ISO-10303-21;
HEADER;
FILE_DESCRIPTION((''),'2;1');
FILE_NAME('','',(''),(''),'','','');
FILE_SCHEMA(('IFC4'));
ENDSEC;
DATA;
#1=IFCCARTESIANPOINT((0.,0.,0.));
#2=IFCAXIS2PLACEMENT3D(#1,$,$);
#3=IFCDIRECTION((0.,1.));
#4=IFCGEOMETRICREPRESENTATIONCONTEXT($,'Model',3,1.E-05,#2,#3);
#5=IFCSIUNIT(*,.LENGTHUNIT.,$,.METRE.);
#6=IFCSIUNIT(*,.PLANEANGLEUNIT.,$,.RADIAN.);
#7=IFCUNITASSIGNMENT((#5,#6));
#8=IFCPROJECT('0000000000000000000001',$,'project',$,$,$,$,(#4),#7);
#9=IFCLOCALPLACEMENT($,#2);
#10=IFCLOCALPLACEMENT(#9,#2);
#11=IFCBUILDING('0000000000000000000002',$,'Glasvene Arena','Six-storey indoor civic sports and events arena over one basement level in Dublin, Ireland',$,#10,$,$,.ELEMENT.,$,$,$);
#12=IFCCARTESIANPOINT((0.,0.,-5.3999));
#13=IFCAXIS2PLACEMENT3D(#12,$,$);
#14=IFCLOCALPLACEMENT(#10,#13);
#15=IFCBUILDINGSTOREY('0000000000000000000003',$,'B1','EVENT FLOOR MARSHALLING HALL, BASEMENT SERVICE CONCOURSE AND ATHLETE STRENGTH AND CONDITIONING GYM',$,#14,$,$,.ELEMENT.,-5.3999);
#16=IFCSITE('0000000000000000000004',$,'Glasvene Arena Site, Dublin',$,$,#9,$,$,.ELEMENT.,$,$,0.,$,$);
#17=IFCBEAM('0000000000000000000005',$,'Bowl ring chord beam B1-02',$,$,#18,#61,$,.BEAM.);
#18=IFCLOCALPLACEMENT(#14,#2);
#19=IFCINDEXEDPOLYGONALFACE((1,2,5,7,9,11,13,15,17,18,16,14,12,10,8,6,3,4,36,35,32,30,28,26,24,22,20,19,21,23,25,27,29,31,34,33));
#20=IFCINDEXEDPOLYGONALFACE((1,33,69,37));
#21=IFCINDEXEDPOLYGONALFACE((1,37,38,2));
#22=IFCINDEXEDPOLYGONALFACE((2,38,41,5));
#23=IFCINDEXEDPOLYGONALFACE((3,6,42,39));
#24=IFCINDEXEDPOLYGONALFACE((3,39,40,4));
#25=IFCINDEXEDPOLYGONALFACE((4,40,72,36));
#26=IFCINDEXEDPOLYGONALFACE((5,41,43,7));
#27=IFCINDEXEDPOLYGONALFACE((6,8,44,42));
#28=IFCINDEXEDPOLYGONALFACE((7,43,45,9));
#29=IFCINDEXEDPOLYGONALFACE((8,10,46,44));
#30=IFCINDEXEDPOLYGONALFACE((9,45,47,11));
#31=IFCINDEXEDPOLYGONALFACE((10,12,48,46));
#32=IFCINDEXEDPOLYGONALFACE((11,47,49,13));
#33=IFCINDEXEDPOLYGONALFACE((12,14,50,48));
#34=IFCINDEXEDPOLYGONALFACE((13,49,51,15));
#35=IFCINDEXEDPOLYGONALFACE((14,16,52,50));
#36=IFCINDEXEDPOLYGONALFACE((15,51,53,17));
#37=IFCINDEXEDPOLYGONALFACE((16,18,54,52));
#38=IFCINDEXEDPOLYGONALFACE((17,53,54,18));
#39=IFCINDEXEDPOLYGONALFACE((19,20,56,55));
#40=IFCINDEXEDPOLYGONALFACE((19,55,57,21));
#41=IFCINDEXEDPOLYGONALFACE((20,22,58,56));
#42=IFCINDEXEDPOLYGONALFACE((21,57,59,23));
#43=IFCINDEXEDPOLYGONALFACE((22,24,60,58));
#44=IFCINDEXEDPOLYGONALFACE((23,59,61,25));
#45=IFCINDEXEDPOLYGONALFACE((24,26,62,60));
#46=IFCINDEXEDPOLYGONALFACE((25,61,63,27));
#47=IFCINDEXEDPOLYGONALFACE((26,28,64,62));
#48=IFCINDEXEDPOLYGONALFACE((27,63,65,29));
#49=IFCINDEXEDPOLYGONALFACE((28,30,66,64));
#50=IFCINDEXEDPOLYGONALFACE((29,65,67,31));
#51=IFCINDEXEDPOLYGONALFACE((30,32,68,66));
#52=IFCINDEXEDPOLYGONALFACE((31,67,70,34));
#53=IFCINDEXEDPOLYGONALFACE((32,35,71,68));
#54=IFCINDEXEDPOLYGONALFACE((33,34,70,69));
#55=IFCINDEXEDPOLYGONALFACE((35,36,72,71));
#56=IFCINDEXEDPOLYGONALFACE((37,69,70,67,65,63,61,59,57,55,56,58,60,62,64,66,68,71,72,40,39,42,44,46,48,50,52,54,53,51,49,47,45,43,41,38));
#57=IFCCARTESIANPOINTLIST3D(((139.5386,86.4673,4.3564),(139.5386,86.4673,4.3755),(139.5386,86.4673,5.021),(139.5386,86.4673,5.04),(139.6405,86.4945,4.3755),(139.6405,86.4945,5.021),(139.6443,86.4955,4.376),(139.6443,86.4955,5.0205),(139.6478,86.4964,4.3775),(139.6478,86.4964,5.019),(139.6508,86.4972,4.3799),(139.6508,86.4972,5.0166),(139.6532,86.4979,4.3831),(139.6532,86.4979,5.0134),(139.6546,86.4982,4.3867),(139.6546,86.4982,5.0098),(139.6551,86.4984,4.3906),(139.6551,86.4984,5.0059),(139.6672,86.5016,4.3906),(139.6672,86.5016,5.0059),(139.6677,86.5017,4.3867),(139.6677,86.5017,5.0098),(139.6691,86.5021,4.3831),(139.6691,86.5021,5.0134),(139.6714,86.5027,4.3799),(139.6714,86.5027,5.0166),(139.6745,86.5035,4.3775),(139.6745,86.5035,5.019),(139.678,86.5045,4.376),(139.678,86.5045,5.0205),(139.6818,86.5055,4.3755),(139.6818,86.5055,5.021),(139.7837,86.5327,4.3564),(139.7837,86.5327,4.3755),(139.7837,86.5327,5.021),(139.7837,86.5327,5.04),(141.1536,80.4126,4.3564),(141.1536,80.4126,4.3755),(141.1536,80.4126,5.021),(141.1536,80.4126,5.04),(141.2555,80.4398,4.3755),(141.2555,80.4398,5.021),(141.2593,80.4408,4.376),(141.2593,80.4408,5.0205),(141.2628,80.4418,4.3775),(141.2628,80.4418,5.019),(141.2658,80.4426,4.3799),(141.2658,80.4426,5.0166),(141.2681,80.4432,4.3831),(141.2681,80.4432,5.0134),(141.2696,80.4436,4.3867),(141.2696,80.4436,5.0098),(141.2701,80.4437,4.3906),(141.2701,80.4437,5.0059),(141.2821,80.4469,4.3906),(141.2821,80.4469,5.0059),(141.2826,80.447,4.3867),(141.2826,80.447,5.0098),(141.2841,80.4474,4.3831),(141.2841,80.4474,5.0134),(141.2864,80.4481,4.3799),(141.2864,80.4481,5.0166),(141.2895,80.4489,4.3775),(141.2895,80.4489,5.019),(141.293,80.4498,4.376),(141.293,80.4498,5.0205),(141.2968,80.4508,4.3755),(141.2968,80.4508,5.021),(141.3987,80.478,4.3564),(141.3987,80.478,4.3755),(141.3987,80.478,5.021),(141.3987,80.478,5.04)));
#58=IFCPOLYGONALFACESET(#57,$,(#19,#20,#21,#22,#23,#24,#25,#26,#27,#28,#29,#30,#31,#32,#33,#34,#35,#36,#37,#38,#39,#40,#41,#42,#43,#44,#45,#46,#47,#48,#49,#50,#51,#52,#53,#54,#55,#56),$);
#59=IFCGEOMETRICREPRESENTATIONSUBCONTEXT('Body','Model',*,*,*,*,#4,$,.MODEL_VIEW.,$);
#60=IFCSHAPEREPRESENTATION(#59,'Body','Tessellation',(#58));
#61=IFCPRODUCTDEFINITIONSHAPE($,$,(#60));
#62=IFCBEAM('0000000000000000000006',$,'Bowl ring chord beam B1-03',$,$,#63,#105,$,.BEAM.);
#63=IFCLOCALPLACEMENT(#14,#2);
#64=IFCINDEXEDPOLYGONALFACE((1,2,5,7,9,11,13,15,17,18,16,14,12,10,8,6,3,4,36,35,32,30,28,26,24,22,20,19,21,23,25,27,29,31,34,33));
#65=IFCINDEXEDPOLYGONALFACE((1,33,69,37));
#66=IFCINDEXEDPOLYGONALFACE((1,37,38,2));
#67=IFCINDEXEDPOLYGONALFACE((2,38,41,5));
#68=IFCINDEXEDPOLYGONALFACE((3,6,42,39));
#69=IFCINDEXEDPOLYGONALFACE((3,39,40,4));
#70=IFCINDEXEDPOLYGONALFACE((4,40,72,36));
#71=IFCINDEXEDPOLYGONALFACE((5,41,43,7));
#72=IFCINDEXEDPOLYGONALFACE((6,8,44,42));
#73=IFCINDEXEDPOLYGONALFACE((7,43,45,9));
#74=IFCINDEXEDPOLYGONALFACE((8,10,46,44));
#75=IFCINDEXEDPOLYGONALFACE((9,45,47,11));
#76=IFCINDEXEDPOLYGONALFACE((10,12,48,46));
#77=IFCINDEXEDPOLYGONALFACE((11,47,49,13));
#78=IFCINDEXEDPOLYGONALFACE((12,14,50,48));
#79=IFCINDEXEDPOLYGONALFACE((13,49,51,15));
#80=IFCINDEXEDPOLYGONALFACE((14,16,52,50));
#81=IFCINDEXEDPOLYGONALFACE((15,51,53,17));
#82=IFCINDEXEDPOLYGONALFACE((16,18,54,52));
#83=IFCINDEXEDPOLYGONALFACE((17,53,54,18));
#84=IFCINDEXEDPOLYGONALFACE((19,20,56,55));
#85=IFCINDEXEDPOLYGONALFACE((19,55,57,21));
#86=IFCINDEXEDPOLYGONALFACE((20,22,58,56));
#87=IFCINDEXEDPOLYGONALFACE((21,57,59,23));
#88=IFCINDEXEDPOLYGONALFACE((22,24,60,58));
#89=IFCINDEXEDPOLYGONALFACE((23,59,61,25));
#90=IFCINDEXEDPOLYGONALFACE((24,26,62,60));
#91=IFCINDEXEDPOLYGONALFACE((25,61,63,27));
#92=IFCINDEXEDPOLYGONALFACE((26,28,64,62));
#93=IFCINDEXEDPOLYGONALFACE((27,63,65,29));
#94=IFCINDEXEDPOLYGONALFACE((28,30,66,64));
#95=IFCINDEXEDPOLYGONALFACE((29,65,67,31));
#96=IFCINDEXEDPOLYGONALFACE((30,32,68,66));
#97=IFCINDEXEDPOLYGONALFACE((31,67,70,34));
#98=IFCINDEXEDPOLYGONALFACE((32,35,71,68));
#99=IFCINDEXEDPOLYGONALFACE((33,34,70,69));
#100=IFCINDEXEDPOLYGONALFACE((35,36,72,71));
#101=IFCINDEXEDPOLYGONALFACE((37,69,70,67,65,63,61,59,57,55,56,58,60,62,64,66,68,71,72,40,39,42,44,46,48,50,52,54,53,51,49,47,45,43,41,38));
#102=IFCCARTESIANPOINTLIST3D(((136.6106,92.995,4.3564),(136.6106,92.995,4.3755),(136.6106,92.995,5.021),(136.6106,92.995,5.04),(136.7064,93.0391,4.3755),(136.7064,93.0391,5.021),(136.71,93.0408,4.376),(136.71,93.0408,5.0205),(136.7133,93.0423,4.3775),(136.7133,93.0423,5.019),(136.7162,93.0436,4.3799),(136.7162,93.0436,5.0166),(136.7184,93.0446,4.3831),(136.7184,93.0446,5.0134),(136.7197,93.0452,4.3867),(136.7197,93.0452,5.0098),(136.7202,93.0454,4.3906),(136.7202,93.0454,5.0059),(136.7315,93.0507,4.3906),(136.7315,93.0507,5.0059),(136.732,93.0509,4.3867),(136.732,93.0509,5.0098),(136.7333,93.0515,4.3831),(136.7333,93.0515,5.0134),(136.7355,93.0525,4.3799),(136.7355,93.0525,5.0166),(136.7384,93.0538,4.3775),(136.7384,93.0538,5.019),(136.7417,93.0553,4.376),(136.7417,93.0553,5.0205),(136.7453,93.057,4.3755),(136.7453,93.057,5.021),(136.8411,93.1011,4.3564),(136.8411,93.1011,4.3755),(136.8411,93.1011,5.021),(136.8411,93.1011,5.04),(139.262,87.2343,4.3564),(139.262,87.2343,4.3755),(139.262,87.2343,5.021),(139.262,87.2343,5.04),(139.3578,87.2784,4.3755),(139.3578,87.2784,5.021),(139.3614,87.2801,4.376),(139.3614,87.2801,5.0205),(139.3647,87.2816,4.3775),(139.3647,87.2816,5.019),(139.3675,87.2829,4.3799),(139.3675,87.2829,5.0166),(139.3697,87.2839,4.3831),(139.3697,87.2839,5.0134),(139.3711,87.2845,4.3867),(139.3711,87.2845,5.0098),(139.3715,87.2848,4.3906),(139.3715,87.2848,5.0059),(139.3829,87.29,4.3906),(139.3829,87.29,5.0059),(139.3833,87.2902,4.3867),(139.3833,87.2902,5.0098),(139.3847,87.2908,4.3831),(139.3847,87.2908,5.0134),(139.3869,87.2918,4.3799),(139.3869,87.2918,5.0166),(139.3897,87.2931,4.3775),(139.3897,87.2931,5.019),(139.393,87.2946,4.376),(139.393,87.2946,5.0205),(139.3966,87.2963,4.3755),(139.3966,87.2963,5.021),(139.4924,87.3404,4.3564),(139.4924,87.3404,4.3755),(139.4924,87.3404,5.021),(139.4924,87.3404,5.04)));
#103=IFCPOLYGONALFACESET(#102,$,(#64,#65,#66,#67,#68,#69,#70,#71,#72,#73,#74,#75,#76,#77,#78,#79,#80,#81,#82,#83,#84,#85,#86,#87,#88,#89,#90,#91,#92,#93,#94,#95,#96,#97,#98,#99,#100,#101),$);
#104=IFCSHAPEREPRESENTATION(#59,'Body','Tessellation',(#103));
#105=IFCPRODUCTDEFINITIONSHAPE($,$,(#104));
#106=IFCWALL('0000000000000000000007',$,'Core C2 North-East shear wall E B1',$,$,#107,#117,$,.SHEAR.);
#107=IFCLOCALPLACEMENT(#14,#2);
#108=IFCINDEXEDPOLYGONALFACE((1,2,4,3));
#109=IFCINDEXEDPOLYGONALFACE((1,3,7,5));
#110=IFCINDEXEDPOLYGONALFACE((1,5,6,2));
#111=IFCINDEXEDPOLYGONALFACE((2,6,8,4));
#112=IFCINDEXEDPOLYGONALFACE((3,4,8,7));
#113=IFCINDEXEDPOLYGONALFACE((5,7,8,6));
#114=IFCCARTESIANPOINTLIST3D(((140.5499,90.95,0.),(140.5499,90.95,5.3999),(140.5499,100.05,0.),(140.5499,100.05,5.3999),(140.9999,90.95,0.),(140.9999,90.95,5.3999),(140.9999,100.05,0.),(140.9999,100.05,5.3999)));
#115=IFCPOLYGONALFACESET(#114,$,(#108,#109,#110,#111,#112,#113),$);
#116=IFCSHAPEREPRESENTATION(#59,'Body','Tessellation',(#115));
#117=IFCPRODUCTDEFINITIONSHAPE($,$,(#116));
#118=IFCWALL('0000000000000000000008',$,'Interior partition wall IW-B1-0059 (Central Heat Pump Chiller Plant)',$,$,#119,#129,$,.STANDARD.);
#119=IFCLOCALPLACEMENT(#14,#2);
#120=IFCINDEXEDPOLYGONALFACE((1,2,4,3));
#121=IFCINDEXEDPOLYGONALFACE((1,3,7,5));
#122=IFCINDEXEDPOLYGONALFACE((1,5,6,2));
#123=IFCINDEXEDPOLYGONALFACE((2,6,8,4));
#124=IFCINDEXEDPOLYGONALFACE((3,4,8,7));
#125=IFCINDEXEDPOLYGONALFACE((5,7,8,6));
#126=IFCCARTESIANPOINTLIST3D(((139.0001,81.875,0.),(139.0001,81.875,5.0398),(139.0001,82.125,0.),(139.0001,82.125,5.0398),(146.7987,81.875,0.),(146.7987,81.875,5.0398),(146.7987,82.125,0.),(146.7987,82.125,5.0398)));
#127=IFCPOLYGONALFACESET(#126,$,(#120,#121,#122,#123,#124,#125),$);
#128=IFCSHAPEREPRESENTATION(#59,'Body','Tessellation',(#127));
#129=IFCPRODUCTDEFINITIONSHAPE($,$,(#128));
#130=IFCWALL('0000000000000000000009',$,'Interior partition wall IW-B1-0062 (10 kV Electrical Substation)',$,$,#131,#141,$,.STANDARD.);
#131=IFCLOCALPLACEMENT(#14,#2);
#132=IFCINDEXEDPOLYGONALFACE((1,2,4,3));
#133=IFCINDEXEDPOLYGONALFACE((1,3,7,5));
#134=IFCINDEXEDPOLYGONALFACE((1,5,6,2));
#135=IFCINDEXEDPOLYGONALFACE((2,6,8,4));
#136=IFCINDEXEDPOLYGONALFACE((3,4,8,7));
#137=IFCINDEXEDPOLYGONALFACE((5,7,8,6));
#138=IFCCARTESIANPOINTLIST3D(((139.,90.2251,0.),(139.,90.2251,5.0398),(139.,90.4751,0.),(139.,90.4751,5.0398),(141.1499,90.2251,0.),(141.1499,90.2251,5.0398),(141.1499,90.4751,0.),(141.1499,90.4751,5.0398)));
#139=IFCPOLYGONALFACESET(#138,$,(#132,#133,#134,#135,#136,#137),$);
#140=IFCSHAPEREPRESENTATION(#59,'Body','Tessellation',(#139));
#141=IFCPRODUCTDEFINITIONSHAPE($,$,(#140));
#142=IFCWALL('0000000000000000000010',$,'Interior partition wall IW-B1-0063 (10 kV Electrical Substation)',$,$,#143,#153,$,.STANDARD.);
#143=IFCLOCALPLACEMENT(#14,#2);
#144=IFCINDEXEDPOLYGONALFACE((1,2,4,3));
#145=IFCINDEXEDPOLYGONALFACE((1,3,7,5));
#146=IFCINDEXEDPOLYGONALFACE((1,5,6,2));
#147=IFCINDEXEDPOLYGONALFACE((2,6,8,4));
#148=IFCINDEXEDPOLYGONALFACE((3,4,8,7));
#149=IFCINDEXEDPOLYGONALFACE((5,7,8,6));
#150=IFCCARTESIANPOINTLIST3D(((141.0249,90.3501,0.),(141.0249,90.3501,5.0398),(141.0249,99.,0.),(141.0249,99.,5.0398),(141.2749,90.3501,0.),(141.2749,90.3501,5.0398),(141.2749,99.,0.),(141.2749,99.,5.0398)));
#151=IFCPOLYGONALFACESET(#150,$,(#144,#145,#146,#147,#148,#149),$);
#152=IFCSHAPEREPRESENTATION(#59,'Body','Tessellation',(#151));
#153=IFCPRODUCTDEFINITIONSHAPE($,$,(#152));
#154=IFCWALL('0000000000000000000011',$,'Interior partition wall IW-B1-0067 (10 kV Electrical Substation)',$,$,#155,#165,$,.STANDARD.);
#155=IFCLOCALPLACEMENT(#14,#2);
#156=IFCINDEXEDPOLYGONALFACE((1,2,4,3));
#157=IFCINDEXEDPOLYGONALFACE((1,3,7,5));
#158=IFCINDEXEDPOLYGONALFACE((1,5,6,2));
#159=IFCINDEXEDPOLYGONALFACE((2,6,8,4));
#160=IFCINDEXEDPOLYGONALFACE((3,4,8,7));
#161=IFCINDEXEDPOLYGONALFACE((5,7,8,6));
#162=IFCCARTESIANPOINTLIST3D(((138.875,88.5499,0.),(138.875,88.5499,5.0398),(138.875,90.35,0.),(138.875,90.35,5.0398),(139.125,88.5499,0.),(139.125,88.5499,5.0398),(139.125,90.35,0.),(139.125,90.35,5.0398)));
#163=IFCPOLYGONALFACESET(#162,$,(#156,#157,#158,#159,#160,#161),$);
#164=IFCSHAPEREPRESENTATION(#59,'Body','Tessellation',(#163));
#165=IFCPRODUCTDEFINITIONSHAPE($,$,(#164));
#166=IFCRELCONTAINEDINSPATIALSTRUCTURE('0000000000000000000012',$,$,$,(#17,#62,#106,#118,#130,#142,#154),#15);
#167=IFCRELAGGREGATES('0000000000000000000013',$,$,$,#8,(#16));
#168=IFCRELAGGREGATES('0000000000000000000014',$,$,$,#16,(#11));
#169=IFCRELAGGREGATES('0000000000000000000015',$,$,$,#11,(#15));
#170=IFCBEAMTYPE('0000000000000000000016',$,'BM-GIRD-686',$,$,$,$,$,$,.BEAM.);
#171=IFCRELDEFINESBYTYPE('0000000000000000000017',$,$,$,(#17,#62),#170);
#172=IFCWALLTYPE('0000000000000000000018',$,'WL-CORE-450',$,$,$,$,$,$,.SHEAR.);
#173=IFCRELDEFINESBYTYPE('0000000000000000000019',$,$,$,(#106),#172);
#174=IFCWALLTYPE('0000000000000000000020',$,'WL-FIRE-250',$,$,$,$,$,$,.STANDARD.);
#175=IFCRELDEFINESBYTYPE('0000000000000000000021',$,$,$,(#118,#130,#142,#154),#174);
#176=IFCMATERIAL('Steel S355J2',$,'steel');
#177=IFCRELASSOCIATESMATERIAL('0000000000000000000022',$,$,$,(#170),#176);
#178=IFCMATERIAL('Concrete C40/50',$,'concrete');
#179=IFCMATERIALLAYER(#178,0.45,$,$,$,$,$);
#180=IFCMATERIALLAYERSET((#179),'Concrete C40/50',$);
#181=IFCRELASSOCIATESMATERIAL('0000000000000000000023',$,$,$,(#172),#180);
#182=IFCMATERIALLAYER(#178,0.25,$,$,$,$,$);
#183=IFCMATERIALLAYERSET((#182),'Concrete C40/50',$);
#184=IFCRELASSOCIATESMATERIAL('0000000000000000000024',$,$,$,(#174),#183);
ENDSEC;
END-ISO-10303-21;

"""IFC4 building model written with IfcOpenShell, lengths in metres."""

from ifc_helpers import new_model, si_unit, direction, frame, frame_2d, origin, origin_2d, place, context, subcontext, project, spatial, rectangle, i_section, extrude, material, layer, layer_set, material_profile, profile_set, type_object, element, save


model = new_model("IFC4")

# Units and contexts
model_context = context("Model", 3, precision=1e-05, world=origin(), true_north=direction((0.0, 1.0)))
body_context = subcontext(model_context, "Body", "Model", "MODEL_VIEW")
ifc_project = project(units=[si_unit("LENGTHUNIT", "METRE"), si_unit("PLANEANGLEUNIT", "RADIAN")], contexts=[model_context])

# Site, building, storey
site_placement = place(None, origin())
site = spatial("IfcSite", under=ifc_project, at=site_placement, Name="Glasvene Arena Site, Dublin", CompositionType="ELEMENT", RefElevation=0.0)
building_placement = place(site_placement, origin())
building = spatial("IfcBuilding", under=site, at=building_placement, Name="Glasvene Arena", Description="Six-storey indoor civic sports and events arena over one basement level in Dublin, Ireland", CompositionType="ELEMENT")
storey_placement = place(building_placement, frame((0.0, 0.0, -5.3999)))
storey = spatial("IfcBuildingStorey", under=building, at=storey_placement, Name="B1", Description="EVENT FLOOR MARSHALLING HALL, BASEMENT SERVICE CONCOURSE AND ATHLETE STRENGTH AND CONDITIONING GYM", CompositionType="ELEMENT", Elevation=-5.3999)

# Shared definitions
ifc_material_1 = material(Name="Concrete C40/50", Category="concrete")

# Shared definitions
ifc_material_2 = material(Name="Steel S355J2", Category="steel")

# Beams
ifc_material_profile_1 = material_profile(ifc_material_2, i_section(OverallWidth=0.2537, OverallDepth=0.6836, WebThickness=0.0125, FlangeThickness=0.019, FilletRadius=0.0151, at=origin_2d()), Name="UKB 686x254x140")
ifc_profile_set_1 = profile_set([ifc_material_profile_1], Name="Steel S355J2")
beam_type = type_object("IfcBeamType", Name="BM-GIRD-686", PredefinedType="BEAM", material=ifc_profile_set_1)
beam_1_placement = place(storey_placement, frame((141.2761, 80.4453, 4.6982), z_axis=(-0.257723, 0.966219, 0.0), x_axis=(-0.966219, -0.257723, 0.0)))
element("IfcBeam", 1, at=beam_1_placement, inside=storey, type_object=beam_type, Name="Bowl ring chord beam B1-02", PredefinedType="BEAM", context=body_context, shape_type="SweptSolid", body=[
    extrude(i_section(OverallWidth=0.2537, OverallDepth=0.6836, WebThickness=0.0125, FlangeThickness=0.019, FilletRadius=0.0151, at=origin_2d()), origin(), (0.0, 0.0, 1.0), 6.2664),
])
beam_2_placement = place(storey_placement, frame((139.3772, 87.2874, 4.6982), z_axis=(-0.418091, 0.908405, 0.0), x_axis=(-0.908405, -0.418091, 0.0)))
element("IfcBeam", 2, at=beam_2_placement, inside=storey, type_object=beam_type, Name="Bowl ring chord beam B1-03", PredefinedType="BEAM", context=body_context, shape_type="SweptSolid", body=[
    extrude(i_section(OverallWidth=0.2537, OverallDepth=0.6836, WebThickness=0.0125, FlangeThickness=0.019, FilletRadius=0.0151, at=origin_2d()), origin(), (0.0, 0.0, 1.0), 6.3416),
])

# Walls
ifc_layer_1 = layer(ifc_material_1, 0.45)
ifc_layer_set_1 = layer_set([ifc_layer_1], Name="Concrete C40/50")
wall_type_1 = type_object("IfcWallType", Name="WL-CORE-450", PredefinedType="SHEAR", material=ifc_layer_set_1)
wall_1_placement = place(storey_placement, frame((140.7749, 90.95, 0.0), z_axis=(0.0, 0.0, 1.0), x_axis=(0.0, 1.0, 0.0)))
element("IfcWall", 3, at=wall_1_placement, inside=storey, type_object=wall_type_1, Name="Core C2 North-East shear wall E B1", PredefinedType="SHEAR", context=body_context, shape_type="SweptSolid", body=[
    extrude(rectangle(XDim=9.1001, YDim=0.45, at=frame_2d((4.55, 0.0))), origin(), (0.0, 0.0, 1.0), 5.3999),
])
ifc_layer_2 = layer(ifc_material_1, 0.25)
ifc_layer_set_2 = layer_set([ifc_layer_2], Name="Concrete C40/50")
wall_type_2 = type_object("IfcWallType", Name="WL-FIRE-250", PredefinedType="STANDARD", material=ifc_layer_set_2)
wall_2_placement = place(storey_placement, frame((139.0, 82.0, 0.0), z_axis=(0.0, 0.0, 1.0), x_axis=(1.0, 0.0, 0.0)))
element("IfcWall", 4, at=wall_2_placement, inside=storey, type_object=wall_type_2, Name="Interior partition wall IW-B1-0059 (Central Heat Pump Chiller Plant)", PredefinedType="STANDARD", context=body_context, shape_type="SweptSolid", body=[
    extrude(rectangle(XDim=7.7986, YDim=0.25, at=frame_2d((3.8994, 0.0))), origin(), (0.0, 0.0, 1.0), 5.0398),
])
wall_3_placement = place(storey_placement, frame((139.0, 90.3501, 0.0), z_axis=(0.0, 0.0, 1.0), x_axis=(1.0, 0.0, 0.0)))
element("IfcWall", 5, at=wall_3_placement, inside=storey, type_object=wall_type_2, Name="Interior partition wall IW-B1-0062 (10 kV Electrical Substation)", PredefinedType="STANDARD", context=body_context, shape_type="SweptSolid", body=[
    extrude(rectangle(XDim=2.1499, YDim=0.25, at=frame_2d((1.075, 0.0))), origin(), (0.0, 0.0, 1.0), 5.0398),
])
wall_4_placement = place(storey_placement, frame((141.1499, 90.3501, 0.0), z_axis=(0.0, 0.0, 1.0), x_axis=(0.0, 1.0, 0.0)))
element("IfcWall", 6, at=wall_4_placement, inside=storey, type_object=wall_type_2, Name="Interior partition wall IW-B1-0063 (10 kV Electrical Substation)", PredefinedType="STANDARD", context=body_context, shape_type="SweptSolid", body=[
    extrude(rectangle(XDim=8.6499, YDim=0.25, at=frame_2d((4.325, 0.0))), origin(), (0.0, 0.0, 1.0), 5.0398),
])
wall_5_placement = place(storey_placement, frame((139.0, 88.55, 0.0), z_axis=(0.0, 0.0, 1.0), x_axis=(0.0, 1.0, 0.0)))
element("IfcWall", 7, at=wall_5_placement, inside=storey, type_object=wall_type_2, Name="Interior partition wall IW-B1-0067 (10 kV Electrical Substation)", PredefinedType="STANDARD", context=body_context, shape_type="SweptSolid", body=[
    extrude(rectangle(XDim=1.8, YDim=0.25, at=frame_2d((0.8999, 0.0))), origin(), (0.0, 0.0, 1.0), 5.0398),
])

save(model, "model.ifc")
